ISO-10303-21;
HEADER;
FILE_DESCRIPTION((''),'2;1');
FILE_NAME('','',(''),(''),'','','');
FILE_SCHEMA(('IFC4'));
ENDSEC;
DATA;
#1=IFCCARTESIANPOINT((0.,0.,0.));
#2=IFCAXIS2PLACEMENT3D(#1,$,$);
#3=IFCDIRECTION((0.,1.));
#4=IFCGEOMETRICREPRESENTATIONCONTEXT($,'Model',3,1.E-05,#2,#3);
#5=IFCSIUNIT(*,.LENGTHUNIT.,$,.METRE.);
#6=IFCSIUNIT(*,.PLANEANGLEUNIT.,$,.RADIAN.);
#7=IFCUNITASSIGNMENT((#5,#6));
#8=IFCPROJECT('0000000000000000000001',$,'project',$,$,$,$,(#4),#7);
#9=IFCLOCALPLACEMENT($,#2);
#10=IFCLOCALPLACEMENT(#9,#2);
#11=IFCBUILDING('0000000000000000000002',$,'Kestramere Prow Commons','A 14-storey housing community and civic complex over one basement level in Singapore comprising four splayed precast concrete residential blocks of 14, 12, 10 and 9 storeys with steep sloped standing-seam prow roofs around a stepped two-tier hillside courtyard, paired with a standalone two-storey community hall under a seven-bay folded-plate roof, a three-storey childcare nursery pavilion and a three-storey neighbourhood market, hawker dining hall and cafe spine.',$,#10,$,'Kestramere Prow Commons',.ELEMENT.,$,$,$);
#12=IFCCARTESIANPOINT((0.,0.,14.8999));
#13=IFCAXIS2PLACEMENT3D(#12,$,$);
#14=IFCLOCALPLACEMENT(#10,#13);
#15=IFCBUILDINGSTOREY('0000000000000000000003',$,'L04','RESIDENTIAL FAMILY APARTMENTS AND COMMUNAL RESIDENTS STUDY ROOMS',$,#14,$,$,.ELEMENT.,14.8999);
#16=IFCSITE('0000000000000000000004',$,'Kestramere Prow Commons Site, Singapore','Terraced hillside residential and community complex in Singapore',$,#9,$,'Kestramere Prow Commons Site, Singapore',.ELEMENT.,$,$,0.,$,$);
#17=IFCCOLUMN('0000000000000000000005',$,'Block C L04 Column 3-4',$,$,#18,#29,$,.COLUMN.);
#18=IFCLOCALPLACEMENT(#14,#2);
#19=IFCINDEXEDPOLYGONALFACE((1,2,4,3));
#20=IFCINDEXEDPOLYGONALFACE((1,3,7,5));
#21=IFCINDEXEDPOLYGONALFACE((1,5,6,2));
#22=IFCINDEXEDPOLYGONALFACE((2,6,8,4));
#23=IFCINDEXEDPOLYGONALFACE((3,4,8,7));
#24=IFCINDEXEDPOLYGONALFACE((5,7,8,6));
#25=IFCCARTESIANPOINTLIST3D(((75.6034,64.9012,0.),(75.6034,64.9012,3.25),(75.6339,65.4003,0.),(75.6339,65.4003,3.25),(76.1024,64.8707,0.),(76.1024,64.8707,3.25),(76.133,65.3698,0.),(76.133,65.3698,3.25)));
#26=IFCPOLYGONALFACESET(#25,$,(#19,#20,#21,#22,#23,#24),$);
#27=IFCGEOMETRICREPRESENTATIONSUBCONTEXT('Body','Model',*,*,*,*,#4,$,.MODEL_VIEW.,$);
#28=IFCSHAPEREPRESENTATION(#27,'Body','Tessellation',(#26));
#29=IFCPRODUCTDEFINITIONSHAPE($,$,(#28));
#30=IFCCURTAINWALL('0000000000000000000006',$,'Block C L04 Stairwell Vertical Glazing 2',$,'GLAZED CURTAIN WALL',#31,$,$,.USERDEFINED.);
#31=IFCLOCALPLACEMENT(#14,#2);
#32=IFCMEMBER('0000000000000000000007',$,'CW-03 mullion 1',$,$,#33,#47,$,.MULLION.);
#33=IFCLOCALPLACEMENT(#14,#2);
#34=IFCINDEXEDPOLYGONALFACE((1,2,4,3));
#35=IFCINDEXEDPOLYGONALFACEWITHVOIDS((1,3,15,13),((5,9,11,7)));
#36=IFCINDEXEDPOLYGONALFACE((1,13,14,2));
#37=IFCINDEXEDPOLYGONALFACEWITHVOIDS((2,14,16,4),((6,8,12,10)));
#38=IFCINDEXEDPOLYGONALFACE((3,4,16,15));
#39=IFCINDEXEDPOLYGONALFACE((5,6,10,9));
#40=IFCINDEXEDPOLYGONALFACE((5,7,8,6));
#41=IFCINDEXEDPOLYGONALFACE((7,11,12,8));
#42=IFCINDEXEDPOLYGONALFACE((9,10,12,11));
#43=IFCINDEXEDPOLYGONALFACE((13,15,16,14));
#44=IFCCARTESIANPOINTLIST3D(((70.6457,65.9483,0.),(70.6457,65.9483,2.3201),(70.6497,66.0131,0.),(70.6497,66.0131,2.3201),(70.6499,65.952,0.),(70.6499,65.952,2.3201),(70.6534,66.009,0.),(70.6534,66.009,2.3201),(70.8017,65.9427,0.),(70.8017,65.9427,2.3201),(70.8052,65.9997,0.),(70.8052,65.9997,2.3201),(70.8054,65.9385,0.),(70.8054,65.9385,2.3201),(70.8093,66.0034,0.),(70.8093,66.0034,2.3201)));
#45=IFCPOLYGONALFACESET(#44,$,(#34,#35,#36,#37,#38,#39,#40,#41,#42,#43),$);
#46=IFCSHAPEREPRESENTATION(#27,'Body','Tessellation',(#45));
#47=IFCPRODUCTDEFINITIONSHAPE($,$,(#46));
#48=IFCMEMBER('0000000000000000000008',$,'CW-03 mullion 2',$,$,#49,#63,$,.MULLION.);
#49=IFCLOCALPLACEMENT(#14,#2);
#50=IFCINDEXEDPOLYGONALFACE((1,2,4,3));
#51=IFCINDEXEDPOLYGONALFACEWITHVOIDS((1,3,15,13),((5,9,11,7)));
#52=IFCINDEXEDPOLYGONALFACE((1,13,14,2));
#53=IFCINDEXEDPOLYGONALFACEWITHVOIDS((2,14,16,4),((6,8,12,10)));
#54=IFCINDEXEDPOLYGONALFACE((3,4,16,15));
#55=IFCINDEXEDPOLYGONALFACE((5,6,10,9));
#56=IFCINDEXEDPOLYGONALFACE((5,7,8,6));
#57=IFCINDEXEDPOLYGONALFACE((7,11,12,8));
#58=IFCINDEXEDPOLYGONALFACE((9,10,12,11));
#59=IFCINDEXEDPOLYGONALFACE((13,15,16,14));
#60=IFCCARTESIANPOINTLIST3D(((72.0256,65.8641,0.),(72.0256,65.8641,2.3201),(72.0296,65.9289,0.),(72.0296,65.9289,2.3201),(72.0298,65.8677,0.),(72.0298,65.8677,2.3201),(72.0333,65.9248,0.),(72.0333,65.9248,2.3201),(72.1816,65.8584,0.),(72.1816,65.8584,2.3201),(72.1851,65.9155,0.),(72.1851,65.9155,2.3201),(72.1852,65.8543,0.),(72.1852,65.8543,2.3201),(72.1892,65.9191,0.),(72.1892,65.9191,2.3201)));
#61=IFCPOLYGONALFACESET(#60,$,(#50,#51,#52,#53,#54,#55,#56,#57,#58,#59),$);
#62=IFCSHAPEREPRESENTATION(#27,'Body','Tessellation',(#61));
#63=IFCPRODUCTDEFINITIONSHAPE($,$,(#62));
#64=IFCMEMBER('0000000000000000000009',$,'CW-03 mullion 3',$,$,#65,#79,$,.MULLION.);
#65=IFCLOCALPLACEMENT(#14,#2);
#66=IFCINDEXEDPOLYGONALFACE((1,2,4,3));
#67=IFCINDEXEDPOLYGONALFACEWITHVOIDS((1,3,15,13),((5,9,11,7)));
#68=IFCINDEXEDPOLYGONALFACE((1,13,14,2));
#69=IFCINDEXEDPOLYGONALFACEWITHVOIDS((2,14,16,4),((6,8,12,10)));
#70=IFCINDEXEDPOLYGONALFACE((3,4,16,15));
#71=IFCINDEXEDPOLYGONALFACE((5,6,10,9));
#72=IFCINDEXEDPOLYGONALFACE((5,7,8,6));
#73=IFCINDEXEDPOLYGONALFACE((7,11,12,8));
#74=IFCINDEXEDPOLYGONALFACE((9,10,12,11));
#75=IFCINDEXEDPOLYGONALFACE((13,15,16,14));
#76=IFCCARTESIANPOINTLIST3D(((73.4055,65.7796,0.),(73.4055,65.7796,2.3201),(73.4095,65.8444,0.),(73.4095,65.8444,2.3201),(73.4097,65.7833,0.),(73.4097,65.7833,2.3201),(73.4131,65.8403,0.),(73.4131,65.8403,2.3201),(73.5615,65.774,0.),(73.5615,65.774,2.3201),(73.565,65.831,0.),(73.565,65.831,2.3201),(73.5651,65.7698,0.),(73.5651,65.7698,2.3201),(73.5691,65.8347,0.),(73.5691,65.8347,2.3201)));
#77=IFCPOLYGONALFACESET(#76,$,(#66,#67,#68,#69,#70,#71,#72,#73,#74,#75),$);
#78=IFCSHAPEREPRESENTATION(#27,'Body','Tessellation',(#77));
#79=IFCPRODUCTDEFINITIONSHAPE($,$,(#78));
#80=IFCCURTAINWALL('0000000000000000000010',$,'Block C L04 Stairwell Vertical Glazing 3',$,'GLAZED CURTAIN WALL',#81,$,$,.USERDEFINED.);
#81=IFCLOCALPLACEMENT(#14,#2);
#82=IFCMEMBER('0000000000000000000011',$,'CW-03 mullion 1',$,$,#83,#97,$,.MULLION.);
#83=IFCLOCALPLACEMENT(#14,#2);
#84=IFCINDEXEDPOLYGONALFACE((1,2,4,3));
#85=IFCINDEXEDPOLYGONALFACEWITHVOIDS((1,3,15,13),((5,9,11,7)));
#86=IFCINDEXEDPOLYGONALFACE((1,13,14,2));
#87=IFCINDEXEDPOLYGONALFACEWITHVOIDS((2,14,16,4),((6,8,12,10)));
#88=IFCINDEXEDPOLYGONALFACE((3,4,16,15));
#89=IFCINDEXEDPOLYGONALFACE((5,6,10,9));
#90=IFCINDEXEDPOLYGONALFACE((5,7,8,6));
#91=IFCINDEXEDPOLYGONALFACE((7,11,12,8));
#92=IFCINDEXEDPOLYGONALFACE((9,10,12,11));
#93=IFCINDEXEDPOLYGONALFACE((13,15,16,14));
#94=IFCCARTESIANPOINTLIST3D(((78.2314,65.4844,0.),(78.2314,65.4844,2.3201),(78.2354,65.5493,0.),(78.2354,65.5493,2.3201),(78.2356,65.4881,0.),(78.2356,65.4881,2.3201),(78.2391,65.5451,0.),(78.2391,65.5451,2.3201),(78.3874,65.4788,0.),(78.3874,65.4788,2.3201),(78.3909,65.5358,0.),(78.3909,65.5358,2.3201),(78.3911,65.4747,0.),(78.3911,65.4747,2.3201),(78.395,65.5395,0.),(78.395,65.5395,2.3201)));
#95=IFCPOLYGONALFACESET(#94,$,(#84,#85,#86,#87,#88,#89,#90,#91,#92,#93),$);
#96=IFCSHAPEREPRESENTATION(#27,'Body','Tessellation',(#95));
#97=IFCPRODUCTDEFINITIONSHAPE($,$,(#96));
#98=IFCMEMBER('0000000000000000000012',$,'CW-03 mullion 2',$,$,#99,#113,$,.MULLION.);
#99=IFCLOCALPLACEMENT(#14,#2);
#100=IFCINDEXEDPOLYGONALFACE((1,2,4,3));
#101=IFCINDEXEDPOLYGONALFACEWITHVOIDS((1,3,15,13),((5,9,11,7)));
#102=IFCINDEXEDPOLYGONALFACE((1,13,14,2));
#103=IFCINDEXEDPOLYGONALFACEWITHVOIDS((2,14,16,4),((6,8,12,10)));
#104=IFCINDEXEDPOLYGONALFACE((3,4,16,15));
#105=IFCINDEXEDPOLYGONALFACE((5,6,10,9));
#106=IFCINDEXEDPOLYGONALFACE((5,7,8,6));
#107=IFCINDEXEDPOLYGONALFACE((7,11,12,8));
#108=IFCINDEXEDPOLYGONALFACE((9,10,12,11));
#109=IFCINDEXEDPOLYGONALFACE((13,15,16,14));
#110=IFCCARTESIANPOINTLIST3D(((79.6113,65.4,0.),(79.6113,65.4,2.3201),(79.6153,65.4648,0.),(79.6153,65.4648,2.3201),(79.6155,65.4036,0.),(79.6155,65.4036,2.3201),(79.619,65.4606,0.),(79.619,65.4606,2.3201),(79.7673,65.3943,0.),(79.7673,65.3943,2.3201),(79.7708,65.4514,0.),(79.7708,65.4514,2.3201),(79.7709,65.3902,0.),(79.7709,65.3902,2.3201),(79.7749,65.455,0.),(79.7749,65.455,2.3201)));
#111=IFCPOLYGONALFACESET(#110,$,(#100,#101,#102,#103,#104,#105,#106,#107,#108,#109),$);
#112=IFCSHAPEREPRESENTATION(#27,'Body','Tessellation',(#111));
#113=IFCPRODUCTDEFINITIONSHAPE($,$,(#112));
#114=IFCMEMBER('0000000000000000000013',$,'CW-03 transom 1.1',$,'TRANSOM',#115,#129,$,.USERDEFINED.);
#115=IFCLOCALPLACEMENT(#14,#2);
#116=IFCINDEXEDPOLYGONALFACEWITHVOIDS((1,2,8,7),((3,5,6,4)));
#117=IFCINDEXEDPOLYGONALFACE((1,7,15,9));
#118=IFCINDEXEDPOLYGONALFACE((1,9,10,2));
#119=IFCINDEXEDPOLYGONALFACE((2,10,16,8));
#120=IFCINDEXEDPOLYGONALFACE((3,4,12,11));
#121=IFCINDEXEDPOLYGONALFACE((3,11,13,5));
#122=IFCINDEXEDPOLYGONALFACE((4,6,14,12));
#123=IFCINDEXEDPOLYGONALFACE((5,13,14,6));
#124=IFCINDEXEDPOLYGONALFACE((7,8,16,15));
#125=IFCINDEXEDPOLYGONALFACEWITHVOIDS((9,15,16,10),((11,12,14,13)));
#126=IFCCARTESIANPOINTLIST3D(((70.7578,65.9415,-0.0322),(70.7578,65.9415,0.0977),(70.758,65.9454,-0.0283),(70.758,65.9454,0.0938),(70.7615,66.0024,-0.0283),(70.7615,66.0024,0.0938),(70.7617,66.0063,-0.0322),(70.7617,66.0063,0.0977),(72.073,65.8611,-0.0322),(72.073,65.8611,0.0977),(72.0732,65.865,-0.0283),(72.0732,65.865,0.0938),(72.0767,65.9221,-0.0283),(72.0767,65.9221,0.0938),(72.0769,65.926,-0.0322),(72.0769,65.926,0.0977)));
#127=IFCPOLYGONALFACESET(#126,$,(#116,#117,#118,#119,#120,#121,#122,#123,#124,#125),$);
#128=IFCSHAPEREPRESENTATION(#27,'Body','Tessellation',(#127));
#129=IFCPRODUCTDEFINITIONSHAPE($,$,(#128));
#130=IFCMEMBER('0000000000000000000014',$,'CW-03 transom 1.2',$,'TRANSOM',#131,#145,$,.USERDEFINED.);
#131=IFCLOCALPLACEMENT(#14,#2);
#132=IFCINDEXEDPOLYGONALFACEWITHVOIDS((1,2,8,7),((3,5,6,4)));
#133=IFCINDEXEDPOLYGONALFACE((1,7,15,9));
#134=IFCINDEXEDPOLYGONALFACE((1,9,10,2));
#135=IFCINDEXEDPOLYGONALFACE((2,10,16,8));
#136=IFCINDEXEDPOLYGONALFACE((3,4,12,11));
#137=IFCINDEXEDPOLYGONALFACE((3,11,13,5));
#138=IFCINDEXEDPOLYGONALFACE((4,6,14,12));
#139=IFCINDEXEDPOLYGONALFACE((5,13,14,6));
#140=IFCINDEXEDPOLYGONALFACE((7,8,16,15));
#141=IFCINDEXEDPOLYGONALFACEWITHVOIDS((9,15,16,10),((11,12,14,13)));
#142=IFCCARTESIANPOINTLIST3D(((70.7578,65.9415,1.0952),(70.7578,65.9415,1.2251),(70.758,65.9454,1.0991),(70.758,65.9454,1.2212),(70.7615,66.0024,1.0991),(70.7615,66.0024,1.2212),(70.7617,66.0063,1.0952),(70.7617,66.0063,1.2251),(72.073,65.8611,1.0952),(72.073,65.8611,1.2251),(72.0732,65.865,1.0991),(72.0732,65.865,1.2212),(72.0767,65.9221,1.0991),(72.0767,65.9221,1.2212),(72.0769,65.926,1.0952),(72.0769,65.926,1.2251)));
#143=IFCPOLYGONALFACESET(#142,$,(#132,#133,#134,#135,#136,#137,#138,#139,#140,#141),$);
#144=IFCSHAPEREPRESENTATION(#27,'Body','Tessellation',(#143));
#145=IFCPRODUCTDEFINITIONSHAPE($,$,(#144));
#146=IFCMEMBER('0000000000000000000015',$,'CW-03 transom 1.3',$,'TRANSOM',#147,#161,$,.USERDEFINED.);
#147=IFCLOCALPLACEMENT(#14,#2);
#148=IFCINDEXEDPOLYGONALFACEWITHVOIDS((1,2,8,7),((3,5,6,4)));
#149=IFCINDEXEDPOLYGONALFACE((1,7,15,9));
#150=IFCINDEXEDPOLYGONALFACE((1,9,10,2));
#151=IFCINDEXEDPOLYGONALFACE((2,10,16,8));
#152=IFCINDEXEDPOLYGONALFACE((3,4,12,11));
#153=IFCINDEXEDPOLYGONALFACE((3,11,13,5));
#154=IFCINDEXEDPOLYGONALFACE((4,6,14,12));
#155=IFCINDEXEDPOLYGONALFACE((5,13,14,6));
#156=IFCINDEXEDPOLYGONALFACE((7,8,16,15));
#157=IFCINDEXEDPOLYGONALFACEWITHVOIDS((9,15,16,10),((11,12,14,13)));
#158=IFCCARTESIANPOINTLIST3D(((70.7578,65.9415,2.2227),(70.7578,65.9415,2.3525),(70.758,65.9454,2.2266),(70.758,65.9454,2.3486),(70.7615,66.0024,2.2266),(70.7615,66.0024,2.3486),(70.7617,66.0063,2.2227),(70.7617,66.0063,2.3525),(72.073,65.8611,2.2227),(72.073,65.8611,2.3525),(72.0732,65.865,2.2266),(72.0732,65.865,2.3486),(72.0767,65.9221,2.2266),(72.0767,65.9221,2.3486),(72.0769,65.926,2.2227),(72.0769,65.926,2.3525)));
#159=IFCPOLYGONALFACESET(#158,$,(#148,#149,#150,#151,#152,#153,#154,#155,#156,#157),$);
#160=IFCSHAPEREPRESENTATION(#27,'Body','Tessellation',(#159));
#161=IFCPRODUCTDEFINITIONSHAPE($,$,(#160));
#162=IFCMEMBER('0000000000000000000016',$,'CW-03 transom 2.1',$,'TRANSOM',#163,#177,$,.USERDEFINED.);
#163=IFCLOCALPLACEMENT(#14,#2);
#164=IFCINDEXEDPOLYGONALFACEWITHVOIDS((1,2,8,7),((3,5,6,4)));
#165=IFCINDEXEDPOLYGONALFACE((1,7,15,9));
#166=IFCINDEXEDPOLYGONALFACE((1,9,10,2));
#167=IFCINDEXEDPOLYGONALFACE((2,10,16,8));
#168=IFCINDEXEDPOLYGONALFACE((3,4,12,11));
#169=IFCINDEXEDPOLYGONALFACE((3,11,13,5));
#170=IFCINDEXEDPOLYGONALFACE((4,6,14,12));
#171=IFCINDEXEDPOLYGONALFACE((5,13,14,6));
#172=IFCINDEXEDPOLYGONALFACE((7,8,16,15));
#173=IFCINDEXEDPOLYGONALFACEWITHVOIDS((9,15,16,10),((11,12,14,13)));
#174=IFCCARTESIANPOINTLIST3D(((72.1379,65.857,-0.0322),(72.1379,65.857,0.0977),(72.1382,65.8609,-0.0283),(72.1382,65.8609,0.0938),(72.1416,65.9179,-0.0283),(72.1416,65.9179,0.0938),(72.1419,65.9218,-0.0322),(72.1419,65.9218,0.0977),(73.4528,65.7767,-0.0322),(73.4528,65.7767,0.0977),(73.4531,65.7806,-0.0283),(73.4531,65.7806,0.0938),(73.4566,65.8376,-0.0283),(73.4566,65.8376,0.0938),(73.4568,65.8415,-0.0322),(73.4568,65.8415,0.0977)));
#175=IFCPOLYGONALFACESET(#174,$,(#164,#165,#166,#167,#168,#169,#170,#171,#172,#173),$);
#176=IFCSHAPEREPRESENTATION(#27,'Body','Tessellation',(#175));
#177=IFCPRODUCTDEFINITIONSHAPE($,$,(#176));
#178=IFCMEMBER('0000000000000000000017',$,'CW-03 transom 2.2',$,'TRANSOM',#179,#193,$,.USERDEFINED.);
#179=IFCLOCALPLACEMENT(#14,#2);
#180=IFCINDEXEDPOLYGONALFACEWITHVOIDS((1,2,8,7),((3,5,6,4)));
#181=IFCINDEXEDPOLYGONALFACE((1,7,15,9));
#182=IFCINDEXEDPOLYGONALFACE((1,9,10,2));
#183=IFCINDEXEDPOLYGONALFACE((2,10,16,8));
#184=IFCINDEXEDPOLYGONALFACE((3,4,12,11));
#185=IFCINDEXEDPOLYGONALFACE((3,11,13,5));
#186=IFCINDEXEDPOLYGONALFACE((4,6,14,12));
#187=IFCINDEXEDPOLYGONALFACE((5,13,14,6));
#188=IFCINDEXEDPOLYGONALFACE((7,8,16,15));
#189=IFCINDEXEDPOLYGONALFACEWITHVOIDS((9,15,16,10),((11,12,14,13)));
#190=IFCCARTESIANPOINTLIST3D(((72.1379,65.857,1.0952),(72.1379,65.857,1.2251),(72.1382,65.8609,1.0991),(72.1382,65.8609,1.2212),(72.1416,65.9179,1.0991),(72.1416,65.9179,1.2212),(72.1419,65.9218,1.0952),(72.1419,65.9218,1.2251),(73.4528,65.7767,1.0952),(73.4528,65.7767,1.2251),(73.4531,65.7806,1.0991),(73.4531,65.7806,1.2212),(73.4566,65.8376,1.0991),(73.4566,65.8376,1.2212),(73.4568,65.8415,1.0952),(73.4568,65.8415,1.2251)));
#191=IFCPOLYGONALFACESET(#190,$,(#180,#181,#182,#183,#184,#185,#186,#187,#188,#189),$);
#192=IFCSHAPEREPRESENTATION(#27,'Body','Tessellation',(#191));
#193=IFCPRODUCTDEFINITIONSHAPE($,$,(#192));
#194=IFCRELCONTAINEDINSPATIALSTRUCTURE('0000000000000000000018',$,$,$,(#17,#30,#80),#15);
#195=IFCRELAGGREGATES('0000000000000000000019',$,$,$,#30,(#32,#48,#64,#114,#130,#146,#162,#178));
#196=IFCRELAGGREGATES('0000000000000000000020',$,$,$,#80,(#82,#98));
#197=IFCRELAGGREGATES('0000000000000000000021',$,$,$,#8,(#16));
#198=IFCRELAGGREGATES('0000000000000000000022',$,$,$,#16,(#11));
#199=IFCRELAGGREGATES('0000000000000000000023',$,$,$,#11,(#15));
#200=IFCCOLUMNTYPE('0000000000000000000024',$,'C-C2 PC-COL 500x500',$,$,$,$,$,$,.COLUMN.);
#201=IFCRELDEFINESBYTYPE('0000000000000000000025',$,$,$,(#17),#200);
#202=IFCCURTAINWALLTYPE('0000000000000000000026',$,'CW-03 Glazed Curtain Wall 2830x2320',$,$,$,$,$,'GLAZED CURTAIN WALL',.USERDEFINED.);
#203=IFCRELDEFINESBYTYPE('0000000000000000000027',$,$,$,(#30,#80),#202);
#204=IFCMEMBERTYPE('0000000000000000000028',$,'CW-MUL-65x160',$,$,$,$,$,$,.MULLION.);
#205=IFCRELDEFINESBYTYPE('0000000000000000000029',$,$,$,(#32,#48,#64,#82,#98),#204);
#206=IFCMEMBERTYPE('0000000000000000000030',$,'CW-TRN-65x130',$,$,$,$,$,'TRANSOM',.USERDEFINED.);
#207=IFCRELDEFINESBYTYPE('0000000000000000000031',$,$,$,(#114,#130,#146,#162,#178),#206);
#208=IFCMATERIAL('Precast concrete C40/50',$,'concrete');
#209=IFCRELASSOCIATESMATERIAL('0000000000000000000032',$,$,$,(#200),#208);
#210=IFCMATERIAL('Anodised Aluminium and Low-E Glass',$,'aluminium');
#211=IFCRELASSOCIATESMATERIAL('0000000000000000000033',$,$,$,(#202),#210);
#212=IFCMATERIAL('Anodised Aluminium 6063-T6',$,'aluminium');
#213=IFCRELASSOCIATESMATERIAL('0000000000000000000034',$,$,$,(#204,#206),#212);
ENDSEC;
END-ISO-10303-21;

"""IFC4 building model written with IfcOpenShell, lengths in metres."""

from ifc_helpers import new_model, si_unit, direction, frame, origin, origin_2d, place, context, subcontext, project, spatial, rectangle, hollow_rectangle, extrude, material, material_profile, profile_set, type_object, element, aggregate, save


model = new_model("IFC4")

# Units and contexts
model_context = context("Model", 3, precision=1e-05, world=origin(), true_north=direction((0.0, 1.0)))
body_context = subcontext(model_context, "Body", "Model", "MODEL_VIEW")
ifc_project = project(units=[si_unit("LENGTHUNIT", "METRE"), si_unit("PLANEANGLEUNIT", "RADIAN")], contexts=[model_context])

# Site, building, storey
site_placement = place(None, origin())
site = spatial("IfcSite", under=ifc_project, at=site_placement, Name="Kestramere Prow Commons Site, Singapore", Description="Terraced hillside residential and community complex in Singapore", LongName="Kestramere Prow Commons Site, Singapore", CompositionType="ELEMENT", RefElevation=0.0)
building_placement = place(site_placement, origin())
building = spatial("IfcBuilding", under=site, at=building_placement, Name="Kestramere Prow Commons", Description="A 14-storey housing community and civic complex over one basement level in Singapore comprising four splayed precast concrete residential blocks of 14, 12, 10 and 9 storeys with steep sloped standing-seam prow roofs around a stepped two-tier hillside courtyard, paired with a standalone two-storey community hall under a seven-bay folded-plate roof, a three-storey childcare nursery pavilion and a three-storey neighbourhood market, hawker dining hall and cafe spine.", LongName="Kestramere Prow Commons", CompositionType="ELEMENT")
storey_placement = place(building_placement, frame((0.0, 0.0, 14.8999)))
storey = spatial("IfcBuildingStorey", under=building, at=storey_placement, Name="L04", Description="RESIDENTIAL FAMILY APARTMENTS AND COMMUNAL RESIDENTS STUDY ROOMS", CompositionType="ELEMENT", Elevation=14.8999)

# Column
ifc_material_1 = material(Name="Precast concrete C40/50", Category="concrete")
ifc_material_profile_1 = material_profile(ifc_material_1, rectangle(XDim=0.5, YDim=0.5, at=origin_2d()), Name="PC-COL 500x500")
ifc_profile_set_1 = profile_set([ifc_material_profile_1], Name="Precast concrete C40/50")
column_type = type_object("IfcColumnType", Name="C-C2 PC-COL 500x500", PredefinedType="COLUMN", material=ifc_profile_set_1)
column_placement = place(storey_placement, frame((75.8682, 65.1355, 0.0), z_axis=(0.0, 0.0, 1.0), x_axis=(0.998135, -0.061049, 0.0)))
element("IfcColumn", 1, at=column_placement, inside=storey, type_object=column_type, Name="Block C L04 Column 3-4", PredefinedType="COLUMN", context=body_context, shape_type="SweptSolid", body=[
    extrude(rectangle(XDim=0.5, YDim=0.5, at=origin_2d()), origin(), (0.0, 0.0, 1.0), 3.25),
])

# Curtain walls, members
ifc_material_2 = material(Name="Anodised Aluminium and Low-E Glass", Category="aluminium")
curtain_wall_type = type_object("IfcCurtainWallType", Name="CW-03 Glazed Curtain Wall 2830x2320", ElementType="GLAZED CURTAIN WALL", PredefinedType="USERDEFINED", material=ifc_material_2)
curtain_wall_1_placement = place(storey_placement, origin())
curtain_wall_1 = element("IfcCurtainWall", 2, at=curtain_wall_1_placement, inside=storey, type_object=curtain_wall_type, Name="Block C L04 Stairwell Vertical Glazing 2", ObjectType="GLAZED CURTAIN WALL", PredefinedType="USERDEFINED")
ifc_material_3 = material(Name="Anodised Aluminium 6063-T6", Category="aluminium")
ifc_material_profile_2 = material_profile(ifc_material_3, hollow_rectangle(XDim=0.0649, YDim=0.1599, WallThickness=0.0039, at=origin_2d()), Name="ALU-MUL 65x160")
ifc_profile_set_2 = profile_set([ifc_material_profile_2], Name="Anodised Aluminium 6063-T6")
member_type_1 = type_object("IfcMemberType", Name="CW-MUL-65x160", PredefinedType="MULLION", material=ifc_profile_set_2)
member_1_placement = place(storey_placement, frame((70.7275, 65.9758, 0.0), z_axis=(0.0, 0.0, 1.0), x_axis=(0.061048, 0.998135, 0.0)))
member_1 = element("IfcMember", 3, at=member_1_placement, type_object=member_type_1, Name="CW-03 mullion 1", PredefinedType="MULLION", context=body_context, shape_type="SweptSolid", body=[
    extrude(hollow_rectangle(XDim=0.0649, YDim=0.1599, WallThickness=0.0039, at=origin_2d()), origin(), (0.0, 0.0, 1.0), 2.3201),
])
member_2_placement = place(storey_placement, frame((72.1074, 65.8916, 0.0), z_axis=(0.0, 0.0, 1.0), x_axis=(0.061048, 0.998135, 0.0)))
member_2 = element("IfcMember", 4, at=member_2_placement, type_object=member_type_1, Name="CW-03 mullion 2", PredefinedType="MULLION", context=body_context, shape_type="SweptSolid", body=[
    extrude(hollow_rectangle(XDim=0.0649, YDim=0.1599, WallThickness=0.0039, at=origin_2d()), origin(), (0.0, 0.0, 1.0), 2.3201),
])
member_3_placement = place(storey_placement, frame((73.4873, 65.8071, 0.0), z_axis=(0.0, 0.0, 1.0), x_axis=(0.061048, 0.998135, 0.0)))
member_3 = element("IfcMember", 5, at=member_3_placement, type_object=member_type_1, Name="CW-03 mullion 3", PredefinedType="MULLION", context=body_context, shape_type="SweptSolid", body=[
    extrude(hollow_rectangle(XDim=0.0649, YDim=0.1599, WallThickness=0.0039, at=origin_2d()), origin(), (0.0, 0.0, 1.0), 2.3201),
])
curtain_wall_2_placement = place(storey_placement, origin())
curtain_wall_2 = element("IfcCurtainWall", 6, at=curtain_wall_2_placement, inside=storey, type_object=curtain_wall_type, Name="Block C L04 Stairwell Vertical Glazing 3", ObjectType="GLAZED CURTAIN WALL", PredefinedType="USERDEFINED")
member_4_placement = place(storey_placement, frame((78.3132, 65.512, 0.0), z_axis=(0.0, 0.0, 1.0), x_axis=(0.061048, 0.998135, 0.0)))
member_4 = element("IfcMember", 7, at=member_4_placement, type_object=member_type_1, Name="CW-03 mullion 1", PredefinedType="MULLION", context=body_context, shape_type="SweptSolid", body=[
    extrude(hollow_rectangle(XDim=0.0649, YDim=0.1599, WallThickness=0.0039, at=origin_2d()), origin(), (0.0, 0.0, 1.0), 2.3201),
])
member_5_placement = place(storey_placement, frame((79.6931, 65.4275, 0.0), z_axis=(0.0, 0.0, 1.0), x_axis=(0.061048, 0.998135, 0.0)))
member_5 = element("IfcMember", 8, at=member_5_placement, type_object=member_type_1, Name="CW-03 mullion 2", PredefinedType="MULLION", context=body_context, shape_type="SweptSolid", body=[
    extrude(hollow_rectangle(XDim=0.0649, YDim=0.1599, WallThickness=0.0039, at=origin_2d()), origin(), (0.0, 0.0, 1.0), 2.3201),
])

# Members
ifc_material_profile_3 = material_profile(ifc_material_3, hollow_rectangle(XDim=0.0649, YDim=0.1299, WallThickness=0.0039, at=origin_2d()), Name="ALU-TRN 65x130")
ifc_profile_set_3 = profile_set([ifc_material_profile_3], Name="Anodised Aluminium 6063-T6")
member_type_2 = type_object("IfcMemberType", Name="CW-TRN-65x130", ElementType="TRANSOM", PredefinedType="USERDEFINED", material=ifc_profile_set_3)
member_6_placement = place(storey_placement, frame((70.7598, 65.9739, 0.0327), z_axis=(0.99814, -0.060959, 0.0), x_axis=(0.060959, 0.99814, 0.0)))
member_6 = element("IfcMember", 9, at=member_6_placement, type_object=member_type_2, Name="CW-03 transom 1.1", ObjectType="TRANSOM", PredefinedType="USERDEFINED", context=body_context, shape_type="SweptSolid", body=[
    extrude(hollow_rectangle(XDim=0.0649, YDim=0.1299, WallThickness=0.0039, at=origin_2d()), origin(), (0.0, 0.0, 1.0), 1.3176),
])
member_7_placement = place(storey_placement, frame((70.7598, 65.9739, 1.1602), z_axis=(0.99814, -0.060959, 0.0), x_axis=(0.060959, 0.99814, 0.0)))
member_7 = element("IfcMember", 10, at=member_7_placement, type_object=member_type_2, Name="CW-03 transom 1.2", ObjectType="TRANSOM", PredefinedType="USERDEFINED", context=body_context, shape_type="SweptSolid", body=[
    extrude(hollow_rectangle(XDim=0.0649, YDim=0.1299, WallThickness=0.0039, at=origin_2d()), origin(), (0.0, 0.0, 1.0), 1.3176),
])
member_8_placement = place(storey_placement, frame((70.7598, 65.9739, 2.2876), z_axis=(0.99814, -0.060959, 0.0), x_axis=(0.060959, 0.99814, 0.0)))
member_8 = element("IfcMember", 11, at=member_8_placement, type_object=member_type_2, Name="CW-03 transom 1.3", ObjectType="TRANSOM", PredefinedType="USERDEFINED", context=body_context, shape_type="SweptSolid", body=[
    extrude(hollow_rectangle(XDim=0.0649, YDim=0.1299, WallThickness=0.0039, at=origin_2d()), origin(), (0.0, 0.0, 1.0), 1.3176),
])
member_9_placement = place(storey_placement, frame((72.1399, 65.8894, 0.0327), z_axis=(0.99814, -0.060971, 0.0), x_axis=(0.060971, 0.99814, 0.0)))
member_9 = element("IfcMember", 12, at=member_9_placement, type_object=member_type_2, Name="CW-03 transom 2.1", ObjectType="TRANSOM", PredefinedType="USERDEFINED", context=body_context, shape_type="SweptSolid", body=[
    extrude(hollow_rectangle(XDim=0.0649, YDim=0.1299, WallThickness=0.0039, at=origin_2d()), origin(), (0.0, 0.0, 1.0), 1.3174),
])
member_10_placement = place(storey_placement, frame((72.1399, 65.8894, 1.1602), z_axis=(0.99814, -0.060971, 0.0), x_axis=(0.060971, 0.99814, 0.0)))
member_10 = element("IfcMember", 13, at=member_10_placement, type_object=member_type_2, Name="CW-03 transom 2.2", ObjectType="TRANSOM", PredefinedType="USERDEFINED", context=body_context, shape_type="SweptSolid", body=[
    extrude(hollow_rectangle(XDim=0.0649, YDim=0.1299, WallThickness=0.0039, at=origin_2d()), origin(), (0.0, 0.0, 1.0), 1.3174),
])

aggregate(curtain_wall_1, [member_1, member_2, member_3, member_6, member_7, member_8, member_9, member_10])
aggregate(curtain_wall_2, [member_4, member_5])

save(model, "model.ifc")
